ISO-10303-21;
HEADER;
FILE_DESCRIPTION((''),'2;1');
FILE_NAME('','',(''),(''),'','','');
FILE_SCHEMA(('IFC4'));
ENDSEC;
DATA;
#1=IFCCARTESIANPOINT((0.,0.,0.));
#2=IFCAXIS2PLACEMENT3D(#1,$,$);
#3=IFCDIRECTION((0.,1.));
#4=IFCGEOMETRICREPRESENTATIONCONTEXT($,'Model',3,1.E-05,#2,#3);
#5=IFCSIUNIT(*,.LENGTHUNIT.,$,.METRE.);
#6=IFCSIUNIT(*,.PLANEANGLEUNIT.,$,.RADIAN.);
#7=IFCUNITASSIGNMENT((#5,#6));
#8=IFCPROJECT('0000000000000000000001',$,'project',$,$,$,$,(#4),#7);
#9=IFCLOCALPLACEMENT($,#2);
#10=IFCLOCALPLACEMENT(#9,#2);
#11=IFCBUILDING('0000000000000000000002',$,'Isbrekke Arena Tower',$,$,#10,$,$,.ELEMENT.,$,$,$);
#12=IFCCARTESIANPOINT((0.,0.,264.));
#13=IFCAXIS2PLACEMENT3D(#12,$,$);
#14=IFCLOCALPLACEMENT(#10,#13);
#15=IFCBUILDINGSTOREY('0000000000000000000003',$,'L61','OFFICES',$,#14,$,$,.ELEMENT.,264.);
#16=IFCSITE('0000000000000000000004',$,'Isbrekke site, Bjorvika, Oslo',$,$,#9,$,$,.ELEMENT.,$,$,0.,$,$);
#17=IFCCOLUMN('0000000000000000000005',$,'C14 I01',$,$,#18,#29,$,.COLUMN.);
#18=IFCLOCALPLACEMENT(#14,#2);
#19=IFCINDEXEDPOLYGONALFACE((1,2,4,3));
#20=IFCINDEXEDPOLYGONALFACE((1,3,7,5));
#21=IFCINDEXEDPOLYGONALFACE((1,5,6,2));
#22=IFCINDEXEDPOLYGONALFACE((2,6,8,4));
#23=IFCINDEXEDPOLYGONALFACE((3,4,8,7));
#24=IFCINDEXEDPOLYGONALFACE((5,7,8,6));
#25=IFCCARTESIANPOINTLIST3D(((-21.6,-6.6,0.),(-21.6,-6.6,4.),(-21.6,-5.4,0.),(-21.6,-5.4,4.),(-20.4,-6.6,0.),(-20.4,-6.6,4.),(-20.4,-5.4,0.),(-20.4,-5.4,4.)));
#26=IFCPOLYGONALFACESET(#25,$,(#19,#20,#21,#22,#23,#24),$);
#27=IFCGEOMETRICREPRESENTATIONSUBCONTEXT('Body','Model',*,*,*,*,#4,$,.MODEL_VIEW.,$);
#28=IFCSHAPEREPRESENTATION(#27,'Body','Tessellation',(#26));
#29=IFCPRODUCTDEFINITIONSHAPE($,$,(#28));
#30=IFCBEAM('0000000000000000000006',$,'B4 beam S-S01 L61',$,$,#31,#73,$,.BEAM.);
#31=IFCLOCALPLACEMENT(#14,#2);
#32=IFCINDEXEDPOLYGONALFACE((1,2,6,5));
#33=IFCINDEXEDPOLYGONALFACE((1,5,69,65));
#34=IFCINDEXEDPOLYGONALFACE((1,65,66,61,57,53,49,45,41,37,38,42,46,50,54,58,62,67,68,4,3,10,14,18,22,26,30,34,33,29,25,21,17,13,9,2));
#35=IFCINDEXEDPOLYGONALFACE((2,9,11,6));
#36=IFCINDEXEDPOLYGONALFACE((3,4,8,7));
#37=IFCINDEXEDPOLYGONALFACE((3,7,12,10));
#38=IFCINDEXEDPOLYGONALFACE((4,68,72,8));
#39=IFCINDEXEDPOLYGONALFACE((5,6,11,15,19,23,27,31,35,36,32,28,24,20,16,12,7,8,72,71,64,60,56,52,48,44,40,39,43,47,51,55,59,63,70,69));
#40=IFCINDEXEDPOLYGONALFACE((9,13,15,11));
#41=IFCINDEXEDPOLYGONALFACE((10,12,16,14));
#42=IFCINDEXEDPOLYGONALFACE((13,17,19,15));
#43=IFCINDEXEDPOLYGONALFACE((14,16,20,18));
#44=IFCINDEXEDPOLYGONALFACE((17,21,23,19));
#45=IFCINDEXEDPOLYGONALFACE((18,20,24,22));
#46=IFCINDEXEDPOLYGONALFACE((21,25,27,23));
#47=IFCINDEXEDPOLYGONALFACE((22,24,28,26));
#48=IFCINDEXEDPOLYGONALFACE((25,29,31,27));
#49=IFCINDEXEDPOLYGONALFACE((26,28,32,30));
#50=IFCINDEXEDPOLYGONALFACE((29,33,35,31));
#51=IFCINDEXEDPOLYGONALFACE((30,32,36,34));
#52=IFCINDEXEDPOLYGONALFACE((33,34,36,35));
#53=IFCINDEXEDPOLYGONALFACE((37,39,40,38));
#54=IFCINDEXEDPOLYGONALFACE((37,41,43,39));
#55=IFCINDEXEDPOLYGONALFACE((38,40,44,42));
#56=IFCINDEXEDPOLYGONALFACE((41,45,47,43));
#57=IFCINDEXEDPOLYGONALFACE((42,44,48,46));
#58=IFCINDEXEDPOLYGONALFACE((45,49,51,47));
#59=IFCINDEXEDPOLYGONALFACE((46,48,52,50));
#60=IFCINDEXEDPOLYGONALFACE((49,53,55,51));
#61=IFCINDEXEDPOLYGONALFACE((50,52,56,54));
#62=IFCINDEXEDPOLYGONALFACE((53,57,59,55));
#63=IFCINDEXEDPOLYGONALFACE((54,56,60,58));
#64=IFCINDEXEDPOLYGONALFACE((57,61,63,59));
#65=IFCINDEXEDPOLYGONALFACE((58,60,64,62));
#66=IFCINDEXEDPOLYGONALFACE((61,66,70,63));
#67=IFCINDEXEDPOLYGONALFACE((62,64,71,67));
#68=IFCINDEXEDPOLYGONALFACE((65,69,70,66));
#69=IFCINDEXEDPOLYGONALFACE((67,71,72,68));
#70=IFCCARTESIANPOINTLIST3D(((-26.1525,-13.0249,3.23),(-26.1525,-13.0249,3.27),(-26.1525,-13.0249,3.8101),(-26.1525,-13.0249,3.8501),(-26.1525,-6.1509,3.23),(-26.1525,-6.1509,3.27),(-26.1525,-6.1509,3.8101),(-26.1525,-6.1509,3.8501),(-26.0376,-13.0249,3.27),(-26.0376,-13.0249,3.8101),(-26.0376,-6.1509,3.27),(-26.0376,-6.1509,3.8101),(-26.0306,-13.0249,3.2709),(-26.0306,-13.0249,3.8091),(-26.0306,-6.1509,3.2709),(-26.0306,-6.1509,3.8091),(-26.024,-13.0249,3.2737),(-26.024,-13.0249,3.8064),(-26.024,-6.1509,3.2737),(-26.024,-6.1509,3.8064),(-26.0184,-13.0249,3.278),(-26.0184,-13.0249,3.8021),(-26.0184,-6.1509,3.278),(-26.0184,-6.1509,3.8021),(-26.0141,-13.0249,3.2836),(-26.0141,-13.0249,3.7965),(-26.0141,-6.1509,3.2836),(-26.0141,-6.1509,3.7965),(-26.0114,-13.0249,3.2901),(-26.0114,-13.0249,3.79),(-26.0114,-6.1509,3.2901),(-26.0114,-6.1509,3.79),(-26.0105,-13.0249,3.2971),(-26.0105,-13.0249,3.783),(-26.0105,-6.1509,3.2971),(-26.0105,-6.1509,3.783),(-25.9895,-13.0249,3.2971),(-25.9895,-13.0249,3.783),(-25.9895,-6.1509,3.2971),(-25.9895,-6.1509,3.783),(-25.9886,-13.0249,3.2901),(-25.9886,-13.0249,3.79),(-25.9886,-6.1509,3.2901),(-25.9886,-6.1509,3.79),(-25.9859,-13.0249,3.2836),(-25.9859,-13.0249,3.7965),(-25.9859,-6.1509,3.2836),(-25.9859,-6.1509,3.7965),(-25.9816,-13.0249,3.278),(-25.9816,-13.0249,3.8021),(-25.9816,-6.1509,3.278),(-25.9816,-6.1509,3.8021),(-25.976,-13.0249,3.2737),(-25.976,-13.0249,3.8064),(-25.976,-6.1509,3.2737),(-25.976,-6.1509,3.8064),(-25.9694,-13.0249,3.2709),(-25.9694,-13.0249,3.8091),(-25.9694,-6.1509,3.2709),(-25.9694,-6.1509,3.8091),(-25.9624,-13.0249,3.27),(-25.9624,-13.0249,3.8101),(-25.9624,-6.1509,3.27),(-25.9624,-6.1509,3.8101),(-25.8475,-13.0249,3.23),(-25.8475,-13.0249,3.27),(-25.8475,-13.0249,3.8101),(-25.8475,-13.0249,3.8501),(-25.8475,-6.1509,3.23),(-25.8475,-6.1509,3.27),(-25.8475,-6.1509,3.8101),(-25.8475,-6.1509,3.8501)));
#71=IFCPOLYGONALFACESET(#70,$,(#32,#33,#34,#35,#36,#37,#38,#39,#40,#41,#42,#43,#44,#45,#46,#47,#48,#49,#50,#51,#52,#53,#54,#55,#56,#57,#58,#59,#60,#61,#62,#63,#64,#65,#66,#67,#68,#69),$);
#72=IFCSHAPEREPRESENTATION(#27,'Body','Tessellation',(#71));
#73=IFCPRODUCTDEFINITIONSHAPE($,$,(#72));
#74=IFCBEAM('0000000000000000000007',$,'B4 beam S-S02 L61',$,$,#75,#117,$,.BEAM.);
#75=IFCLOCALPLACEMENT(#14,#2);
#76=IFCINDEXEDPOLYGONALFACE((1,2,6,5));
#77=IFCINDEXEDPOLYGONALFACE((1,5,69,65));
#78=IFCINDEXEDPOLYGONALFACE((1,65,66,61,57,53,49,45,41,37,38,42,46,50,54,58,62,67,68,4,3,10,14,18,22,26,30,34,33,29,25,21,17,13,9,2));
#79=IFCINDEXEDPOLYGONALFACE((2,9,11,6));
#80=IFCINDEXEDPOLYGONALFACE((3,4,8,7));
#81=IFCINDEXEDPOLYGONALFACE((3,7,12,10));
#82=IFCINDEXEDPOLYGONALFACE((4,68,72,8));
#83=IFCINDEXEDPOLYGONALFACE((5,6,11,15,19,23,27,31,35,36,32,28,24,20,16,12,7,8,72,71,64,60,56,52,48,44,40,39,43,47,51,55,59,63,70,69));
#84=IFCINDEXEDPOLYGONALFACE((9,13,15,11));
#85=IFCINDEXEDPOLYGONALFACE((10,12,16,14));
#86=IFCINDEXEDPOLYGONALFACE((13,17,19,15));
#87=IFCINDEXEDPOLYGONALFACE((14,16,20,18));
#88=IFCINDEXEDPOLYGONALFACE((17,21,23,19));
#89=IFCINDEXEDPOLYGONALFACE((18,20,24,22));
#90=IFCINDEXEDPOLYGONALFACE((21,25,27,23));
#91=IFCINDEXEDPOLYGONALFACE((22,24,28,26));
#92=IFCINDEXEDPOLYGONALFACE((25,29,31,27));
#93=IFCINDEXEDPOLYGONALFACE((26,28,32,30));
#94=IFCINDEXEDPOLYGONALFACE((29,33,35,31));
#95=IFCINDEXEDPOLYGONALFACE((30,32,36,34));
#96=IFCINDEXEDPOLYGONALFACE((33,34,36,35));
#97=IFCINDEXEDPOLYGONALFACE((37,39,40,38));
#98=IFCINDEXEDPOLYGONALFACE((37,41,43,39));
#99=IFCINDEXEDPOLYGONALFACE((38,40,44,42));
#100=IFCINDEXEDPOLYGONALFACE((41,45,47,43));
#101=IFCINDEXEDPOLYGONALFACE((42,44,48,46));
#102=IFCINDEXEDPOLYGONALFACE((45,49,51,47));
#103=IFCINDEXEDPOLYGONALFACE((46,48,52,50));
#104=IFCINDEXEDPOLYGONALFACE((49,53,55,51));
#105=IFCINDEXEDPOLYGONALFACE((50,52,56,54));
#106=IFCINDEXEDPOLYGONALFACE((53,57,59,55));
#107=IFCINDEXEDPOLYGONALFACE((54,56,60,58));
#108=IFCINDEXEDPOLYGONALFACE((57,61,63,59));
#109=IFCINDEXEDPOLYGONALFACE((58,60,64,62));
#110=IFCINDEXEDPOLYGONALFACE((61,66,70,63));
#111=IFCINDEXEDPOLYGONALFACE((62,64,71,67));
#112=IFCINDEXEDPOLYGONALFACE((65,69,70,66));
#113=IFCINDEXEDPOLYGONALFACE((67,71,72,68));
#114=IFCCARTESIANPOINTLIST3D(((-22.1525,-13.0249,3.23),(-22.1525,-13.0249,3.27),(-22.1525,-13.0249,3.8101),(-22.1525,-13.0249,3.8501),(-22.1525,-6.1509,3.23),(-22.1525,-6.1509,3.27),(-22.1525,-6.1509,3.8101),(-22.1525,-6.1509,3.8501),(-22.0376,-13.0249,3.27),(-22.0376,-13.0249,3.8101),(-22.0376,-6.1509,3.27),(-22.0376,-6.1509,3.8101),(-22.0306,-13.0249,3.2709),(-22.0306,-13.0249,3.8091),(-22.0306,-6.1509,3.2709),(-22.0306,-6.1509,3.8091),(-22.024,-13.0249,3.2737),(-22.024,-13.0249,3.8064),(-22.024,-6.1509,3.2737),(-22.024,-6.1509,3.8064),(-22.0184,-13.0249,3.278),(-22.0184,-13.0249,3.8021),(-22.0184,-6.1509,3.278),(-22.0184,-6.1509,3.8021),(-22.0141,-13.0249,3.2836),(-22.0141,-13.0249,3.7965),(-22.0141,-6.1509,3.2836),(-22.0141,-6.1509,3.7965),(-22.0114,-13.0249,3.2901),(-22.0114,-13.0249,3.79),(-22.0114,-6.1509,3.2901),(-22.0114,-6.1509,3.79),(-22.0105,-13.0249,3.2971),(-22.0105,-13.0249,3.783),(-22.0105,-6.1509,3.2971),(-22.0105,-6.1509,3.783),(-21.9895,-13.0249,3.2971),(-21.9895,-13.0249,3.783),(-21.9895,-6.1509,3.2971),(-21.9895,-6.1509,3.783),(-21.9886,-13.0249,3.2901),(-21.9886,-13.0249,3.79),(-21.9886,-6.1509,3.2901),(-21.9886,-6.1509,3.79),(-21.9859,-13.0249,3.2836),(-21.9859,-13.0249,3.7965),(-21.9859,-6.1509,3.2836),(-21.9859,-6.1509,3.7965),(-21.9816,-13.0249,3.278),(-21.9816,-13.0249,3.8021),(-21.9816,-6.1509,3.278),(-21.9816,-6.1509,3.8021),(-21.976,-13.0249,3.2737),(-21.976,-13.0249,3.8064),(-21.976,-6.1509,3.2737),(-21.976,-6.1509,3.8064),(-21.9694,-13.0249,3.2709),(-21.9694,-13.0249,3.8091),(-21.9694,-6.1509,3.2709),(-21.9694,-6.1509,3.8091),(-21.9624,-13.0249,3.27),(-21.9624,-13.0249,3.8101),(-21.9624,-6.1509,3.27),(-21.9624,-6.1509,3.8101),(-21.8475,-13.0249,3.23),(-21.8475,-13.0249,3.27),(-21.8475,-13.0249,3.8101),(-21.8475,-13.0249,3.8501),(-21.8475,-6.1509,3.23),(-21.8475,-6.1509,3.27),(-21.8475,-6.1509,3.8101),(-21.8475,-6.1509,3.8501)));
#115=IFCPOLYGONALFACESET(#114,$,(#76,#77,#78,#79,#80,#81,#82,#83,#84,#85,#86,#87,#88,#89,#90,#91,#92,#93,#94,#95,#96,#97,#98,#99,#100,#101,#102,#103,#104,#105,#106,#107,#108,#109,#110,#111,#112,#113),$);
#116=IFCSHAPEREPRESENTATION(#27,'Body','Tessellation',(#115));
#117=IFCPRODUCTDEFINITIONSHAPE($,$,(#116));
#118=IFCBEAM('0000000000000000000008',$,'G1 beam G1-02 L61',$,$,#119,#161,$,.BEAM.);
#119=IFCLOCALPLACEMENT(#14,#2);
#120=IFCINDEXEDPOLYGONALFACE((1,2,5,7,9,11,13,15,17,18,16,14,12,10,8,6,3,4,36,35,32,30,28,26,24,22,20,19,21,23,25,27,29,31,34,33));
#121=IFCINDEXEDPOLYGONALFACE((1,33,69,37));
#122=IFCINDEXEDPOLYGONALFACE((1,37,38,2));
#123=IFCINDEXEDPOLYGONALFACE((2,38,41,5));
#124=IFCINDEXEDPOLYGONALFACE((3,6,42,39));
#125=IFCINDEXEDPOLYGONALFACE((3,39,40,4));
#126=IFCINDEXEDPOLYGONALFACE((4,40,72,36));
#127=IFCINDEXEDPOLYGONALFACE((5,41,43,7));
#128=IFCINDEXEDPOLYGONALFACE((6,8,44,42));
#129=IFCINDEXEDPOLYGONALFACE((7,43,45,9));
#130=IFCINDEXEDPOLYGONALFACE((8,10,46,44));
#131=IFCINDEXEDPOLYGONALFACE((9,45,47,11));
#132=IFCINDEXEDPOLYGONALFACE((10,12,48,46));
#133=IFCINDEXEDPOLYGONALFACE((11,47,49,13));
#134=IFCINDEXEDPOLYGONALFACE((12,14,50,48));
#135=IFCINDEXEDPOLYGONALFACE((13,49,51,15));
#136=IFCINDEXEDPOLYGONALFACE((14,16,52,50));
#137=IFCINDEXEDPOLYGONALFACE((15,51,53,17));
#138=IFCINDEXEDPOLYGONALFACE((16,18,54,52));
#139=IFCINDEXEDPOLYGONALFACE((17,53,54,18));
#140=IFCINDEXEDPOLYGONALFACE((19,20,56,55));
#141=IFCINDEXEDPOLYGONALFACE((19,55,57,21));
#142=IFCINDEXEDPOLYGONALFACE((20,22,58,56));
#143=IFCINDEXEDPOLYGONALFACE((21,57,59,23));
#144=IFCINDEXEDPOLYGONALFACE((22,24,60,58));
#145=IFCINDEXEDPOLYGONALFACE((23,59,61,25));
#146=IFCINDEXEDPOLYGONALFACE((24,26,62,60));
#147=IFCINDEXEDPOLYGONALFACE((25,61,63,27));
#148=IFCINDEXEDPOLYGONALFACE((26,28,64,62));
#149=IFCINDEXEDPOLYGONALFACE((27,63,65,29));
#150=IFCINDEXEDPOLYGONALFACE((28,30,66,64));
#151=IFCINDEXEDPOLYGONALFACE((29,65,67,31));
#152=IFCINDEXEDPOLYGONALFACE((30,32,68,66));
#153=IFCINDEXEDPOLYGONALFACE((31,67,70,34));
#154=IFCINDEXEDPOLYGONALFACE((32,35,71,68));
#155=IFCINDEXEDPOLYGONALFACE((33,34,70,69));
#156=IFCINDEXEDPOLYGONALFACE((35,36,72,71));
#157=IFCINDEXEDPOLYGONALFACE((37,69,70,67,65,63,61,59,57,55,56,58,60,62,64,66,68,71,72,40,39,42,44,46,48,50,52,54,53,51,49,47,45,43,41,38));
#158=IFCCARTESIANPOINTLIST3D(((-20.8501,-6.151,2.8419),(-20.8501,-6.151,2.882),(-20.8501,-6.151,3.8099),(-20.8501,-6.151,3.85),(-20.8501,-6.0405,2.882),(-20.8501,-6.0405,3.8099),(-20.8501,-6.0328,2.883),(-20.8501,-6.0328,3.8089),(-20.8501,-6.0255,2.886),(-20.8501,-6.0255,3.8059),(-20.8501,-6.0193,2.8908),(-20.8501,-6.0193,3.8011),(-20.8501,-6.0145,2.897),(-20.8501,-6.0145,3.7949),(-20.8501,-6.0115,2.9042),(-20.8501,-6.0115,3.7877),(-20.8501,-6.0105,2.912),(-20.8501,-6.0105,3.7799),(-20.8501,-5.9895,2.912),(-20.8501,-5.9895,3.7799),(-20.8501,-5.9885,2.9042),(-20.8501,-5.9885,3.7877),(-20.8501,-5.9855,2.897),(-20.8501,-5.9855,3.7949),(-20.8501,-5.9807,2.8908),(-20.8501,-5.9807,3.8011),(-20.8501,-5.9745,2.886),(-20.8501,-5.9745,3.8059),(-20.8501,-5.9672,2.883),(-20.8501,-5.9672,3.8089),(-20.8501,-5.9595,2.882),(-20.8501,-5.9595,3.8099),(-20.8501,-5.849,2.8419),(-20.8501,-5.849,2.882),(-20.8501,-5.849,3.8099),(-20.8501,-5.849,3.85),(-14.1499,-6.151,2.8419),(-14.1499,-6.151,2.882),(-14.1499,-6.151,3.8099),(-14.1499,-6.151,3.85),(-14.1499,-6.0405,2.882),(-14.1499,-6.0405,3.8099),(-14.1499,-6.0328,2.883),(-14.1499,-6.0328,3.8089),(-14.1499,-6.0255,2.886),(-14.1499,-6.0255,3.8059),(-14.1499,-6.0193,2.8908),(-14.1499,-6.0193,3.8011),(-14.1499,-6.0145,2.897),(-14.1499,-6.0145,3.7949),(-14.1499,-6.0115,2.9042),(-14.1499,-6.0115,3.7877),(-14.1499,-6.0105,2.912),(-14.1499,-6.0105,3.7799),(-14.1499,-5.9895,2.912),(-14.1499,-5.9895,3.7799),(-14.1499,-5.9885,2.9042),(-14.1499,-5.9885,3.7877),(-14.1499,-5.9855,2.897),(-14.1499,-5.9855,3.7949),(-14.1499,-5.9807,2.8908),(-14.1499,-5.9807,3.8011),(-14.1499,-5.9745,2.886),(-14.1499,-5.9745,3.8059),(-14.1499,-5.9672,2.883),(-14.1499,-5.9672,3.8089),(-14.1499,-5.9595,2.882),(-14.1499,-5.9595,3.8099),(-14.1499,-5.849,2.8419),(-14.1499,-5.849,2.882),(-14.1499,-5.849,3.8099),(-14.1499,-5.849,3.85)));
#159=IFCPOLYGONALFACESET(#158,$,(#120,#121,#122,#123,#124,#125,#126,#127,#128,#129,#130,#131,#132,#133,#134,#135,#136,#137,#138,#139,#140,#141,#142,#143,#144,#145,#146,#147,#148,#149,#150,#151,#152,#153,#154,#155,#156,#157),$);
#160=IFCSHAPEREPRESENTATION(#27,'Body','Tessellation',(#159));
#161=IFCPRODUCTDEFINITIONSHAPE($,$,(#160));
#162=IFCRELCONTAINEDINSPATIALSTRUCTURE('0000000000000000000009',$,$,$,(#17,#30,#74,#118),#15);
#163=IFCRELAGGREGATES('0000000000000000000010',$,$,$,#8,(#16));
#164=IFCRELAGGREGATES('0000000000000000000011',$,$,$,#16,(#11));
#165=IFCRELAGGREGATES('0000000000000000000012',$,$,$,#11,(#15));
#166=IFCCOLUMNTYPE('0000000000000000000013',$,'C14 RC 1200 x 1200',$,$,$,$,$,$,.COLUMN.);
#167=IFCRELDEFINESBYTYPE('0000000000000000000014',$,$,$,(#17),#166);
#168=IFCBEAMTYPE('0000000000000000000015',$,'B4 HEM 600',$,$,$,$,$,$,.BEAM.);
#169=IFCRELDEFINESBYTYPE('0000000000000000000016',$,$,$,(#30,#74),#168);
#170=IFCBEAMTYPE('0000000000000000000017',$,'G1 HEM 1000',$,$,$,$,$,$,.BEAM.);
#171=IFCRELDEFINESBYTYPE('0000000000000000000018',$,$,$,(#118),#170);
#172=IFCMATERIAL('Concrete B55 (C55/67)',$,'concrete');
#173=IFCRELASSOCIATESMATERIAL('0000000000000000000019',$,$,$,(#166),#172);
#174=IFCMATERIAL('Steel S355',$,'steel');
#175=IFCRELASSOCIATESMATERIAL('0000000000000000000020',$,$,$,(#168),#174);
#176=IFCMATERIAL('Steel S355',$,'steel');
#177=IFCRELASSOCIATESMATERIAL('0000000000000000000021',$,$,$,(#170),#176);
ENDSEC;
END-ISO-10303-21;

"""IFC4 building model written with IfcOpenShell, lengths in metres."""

from ifc_helpers import new_model, si_unit, direction, frame, origin, origin_2d, place, context, subcontext, project, spatial, rectangle, i_section, extrude, material, material_profile, profile_set, type_object, element, save


model = new_model("IFC4")

# Units and contexts
model_context = context("Model", 3, precision=1e-05, world=origin(), true_north=direction((0.0, 1.0)))
body_context = subcontext(model_context, "Body", "Model", "MODEL_VIEW")
ifc_project = project(units=[si_unit("LENGTHUNIT", "METRE"), si_unit("PLANEANGLEUNIT", "RADIAN")], contexts=[model_context])

# Site, building, storey
site_placement = place(None, origin())
site = spatial("IfcSite", under=ifc_project, at=site_placement, Name="Isbrekke site, Bjorvika, Oslo", CompositionType="ELEMENT", RefElevation=0.0)
building_placement = place(site_placement, origin())
building = spatial("IfcBuilding", under=site, at=building_placement, Name="Isbrekke Arena Tower", CompositionType="ELEMENT")
storey_placement = place(building_placement, frame((0.0, 0.0, 264.0)))
storey = spatial("IfcBuildingStorey", under=building, at=storey_placement, Name="L61", Description="OFFICES", CompositionType="ELEMENT", Elevation=264.0)

# Column
ifc_material_1 = material(Name="Concrete B55 (C55/67)", Category="concrete")
ifc_material_profile_1 = material_profile(ifc_material_1, rectangle(XDim=1.2, YDim=1.2, at=origin_2d()), Name="RC 1200x1200")
ifc_profile_set_1 = profile_set([ifc_material_profile_1], Name="Concrete B55 (C55/67)")
column_type = type_object("IfcColumnType", Name="C14 RC 1200 x 1200", PredefinedType="COLUMN", material=ifc_profile_set_1)
column_placement = place(storey_placement, frame((-21.0, -6.0, 0.0), z_axis=(0.0, 0.0, 1.0), x_axis=(1.0, 0.0, 0.0)))
element("IfcColumn", 1, at=column_placement, inside=storey, type_object=column_type, Name="C14 I01", PredefinedType="COLUMN", context=body_context, shape_type="SweptSolid", body=[
    extrude(rectangle(XDim=1.2, YDim=1.2, at=origin_2d()), origin(), (0.0, 0.0, 1.0), 4.0),
])

# Beams
ifc_material_2 = material(Name="Steel S355", Category="steel")
ifc_material_profile_2 = material_profile(ifc_material_2, i_section(OverallWidth=0.3049, OverallDepth=0.6201, WebThickness=0.021, FlangeThickness=0.04, FilletRadius=0.0271, at=origin_2d()), Name="HEM 600")
ifc_profile_set_2 = profile_set([ifc_material_profile_2], Name="Steel S355")
beam_type_1 = type_object("IfcBeamType", Name="B4 HEM 600", PredefinedType="BEAM", material=ifc_profile_set_2)
for number, where, z_axis, x_axis, name in (
    (2, (-26.0, -13.0249, 3.54), (0.0, 1.0, 0.0), (-1.0, 0.0, 0.0), "B4 beam S-S01 L61"),
    (3, (-22.0, -13.0249, 3.54), (0.0, 1.0, 0.0), (-1.0, 0.0, 0.0), "B4 beam S-S02 L61"),
):
    element("IfcBeam", number, at=place(storey_placement, frame(where, z_axis=z_axis, x_axis=x_axis)), inside=storey, type_object=beam_type_1, Name=name, PredefinedType="BEAM", context=body_context, shape_type="SweptSolid", body=[
        extrude(i_section(OverallWidth=0.3049, OverallDepth=0.6201, WebThickness=0.021, FlangeThickness=0.04, FilletRadius=0.0271, at=origin_2d()), origin(), (0.0, 0.0, 1.0), 6.874),
    ])
ifc_material_3 = material(Name="Steel S355", Category="steel")
ifc_material_profile_3 = material_profile(ifc_material_3, i_section(OverallWidth=0.302, OverallDepth=1.0081, WebThickness=0.021, FlangeThickness=0.04, FilletRadius=0.03, at=origin_2d()), Name="HEM 1000")
ifc_profile_set_3 = profile_set([ifc_material_profile_3], Name="Steel S355")
beam_type_2 = type_object("IfcBeamType", Name="G1 HEM 1000", PredefinedType="BEAM", material=ifc_profile_set_3)
beam_placement = place(storey_placement, frame((-20.8501, -6.0, 3.3459), z_axis=(1.0, 0.0, 0.0), x_axis=(0.0, 1.0, 0.0)))
element("IfcBeam", 4, at=beam_placement, inside=storey, type_object=beam_type_2, Name="G1 beam G1-02 L61", PredefinedType="BEAM", context=body_context, shape_type="SweptSolid", body=[
    extrude(i_section(OverallWidth=0.302, OverallDepth=1.0081, WebThickness=0.021, FlangeThickness=0.04, FilletRadius=0.03, at=origin_2d()), origin(), (0.0, 0.0, 1.0), 6.7002),
])

save(model, "model.ifc")
